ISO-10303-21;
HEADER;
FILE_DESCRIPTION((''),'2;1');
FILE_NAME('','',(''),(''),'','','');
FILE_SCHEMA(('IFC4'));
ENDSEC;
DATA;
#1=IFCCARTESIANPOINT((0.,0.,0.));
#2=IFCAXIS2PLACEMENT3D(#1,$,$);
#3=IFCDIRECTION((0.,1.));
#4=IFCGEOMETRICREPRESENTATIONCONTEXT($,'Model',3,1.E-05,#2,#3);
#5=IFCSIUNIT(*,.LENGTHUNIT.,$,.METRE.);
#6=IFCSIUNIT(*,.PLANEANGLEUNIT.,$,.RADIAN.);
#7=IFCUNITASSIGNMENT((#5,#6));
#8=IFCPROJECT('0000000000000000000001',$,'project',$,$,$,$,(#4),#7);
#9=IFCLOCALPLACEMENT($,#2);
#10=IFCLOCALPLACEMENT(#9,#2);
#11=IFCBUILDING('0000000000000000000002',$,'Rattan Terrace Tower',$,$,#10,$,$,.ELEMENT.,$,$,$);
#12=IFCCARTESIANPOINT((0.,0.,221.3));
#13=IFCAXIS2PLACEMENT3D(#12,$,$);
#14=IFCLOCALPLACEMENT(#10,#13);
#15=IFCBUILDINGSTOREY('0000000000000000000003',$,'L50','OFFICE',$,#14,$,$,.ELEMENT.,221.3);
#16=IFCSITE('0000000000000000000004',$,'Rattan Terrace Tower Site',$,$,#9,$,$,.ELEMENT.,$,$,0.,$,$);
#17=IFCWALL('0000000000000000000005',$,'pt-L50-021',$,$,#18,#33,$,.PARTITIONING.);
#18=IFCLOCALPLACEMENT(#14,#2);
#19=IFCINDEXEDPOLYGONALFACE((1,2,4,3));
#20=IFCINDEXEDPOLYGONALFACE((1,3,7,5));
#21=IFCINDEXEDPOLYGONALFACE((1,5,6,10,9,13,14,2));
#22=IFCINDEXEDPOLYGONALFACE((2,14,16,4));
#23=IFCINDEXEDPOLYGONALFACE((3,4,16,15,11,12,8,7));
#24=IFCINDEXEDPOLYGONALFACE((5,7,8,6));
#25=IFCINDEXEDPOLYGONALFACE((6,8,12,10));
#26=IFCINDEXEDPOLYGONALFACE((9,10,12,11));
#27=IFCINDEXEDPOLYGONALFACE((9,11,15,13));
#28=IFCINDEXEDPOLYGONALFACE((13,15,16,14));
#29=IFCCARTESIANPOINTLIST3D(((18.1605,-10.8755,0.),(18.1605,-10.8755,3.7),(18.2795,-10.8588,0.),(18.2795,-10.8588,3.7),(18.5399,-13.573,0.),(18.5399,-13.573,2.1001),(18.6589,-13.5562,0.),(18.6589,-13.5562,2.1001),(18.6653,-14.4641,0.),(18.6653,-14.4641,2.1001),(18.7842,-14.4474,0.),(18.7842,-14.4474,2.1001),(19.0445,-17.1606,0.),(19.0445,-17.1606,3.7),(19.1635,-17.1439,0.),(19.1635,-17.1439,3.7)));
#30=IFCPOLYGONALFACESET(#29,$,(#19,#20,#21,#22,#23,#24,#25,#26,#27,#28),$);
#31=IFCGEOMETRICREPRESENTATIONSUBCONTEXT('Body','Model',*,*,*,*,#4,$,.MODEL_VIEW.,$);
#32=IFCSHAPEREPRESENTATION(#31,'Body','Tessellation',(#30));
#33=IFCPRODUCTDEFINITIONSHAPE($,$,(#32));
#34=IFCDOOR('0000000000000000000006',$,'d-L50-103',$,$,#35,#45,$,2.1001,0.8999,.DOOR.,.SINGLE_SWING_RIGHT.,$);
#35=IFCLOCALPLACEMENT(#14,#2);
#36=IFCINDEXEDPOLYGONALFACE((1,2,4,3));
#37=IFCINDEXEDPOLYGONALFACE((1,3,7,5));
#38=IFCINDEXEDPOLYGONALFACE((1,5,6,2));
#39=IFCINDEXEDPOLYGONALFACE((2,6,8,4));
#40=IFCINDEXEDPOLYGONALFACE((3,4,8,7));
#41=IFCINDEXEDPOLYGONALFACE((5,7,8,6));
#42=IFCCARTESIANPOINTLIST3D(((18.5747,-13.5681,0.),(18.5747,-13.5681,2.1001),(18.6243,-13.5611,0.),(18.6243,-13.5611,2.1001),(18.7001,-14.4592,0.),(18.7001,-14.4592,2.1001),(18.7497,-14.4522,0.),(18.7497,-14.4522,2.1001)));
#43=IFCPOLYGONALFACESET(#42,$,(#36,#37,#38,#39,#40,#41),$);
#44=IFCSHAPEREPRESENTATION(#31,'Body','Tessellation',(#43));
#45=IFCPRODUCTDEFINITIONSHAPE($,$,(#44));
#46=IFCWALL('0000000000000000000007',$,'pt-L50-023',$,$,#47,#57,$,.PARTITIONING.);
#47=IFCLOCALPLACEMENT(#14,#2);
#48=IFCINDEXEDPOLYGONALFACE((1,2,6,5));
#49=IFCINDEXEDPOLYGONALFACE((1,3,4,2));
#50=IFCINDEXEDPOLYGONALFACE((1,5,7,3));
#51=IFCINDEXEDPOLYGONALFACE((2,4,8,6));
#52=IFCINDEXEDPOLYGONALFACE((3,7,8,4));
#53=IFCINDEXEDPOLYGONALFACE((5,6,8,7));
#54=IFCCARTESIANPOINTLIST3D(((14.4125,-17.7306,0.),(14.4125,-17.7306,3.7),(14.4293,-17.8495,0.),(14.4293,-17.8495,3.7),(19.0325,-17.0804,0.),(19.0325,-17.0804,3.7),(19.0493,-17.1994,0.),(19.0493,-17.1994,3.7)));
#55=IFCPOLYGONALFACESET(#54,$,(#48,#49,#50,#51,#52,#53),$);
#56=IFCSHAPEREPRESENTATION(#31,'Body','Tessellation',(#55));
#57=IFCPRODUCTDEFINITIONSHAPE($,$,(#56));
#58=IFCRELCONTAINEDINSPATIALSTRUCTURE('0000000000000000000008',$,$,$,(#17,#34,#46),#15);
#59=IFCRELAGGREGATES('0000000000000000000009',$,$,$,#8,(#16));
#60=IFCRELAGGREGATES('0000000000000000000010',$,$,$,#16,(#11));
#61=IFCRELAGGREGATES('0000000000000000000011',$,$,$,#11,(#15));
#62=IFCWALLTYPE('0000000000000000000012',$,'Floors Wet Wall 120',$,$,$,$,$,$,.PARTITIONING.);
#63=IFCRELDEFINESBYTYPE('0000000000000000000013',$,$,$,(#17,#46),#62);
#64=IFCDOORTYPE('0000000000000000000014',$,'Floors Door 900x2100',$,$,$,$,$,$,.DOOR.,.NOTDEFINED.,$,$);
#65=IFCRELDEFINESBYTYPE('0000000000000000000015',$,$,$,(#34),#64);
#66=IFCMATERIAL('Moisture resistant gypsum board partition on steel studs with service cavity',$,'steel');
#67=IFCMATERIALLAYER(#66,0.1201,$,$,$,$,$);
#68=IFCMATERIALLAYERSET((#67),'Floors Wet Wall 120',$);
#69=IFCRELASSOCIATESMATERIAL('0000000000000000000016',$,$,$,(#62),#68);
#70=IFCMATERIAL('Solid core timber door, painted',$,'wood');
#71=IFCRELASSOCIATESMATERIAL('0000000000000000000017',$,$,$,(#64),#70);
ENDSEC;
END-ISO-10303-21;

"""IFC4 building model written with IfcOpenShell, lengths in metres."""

from ifc_helpers import new_model, si_unit, direction, frame, frame_2d, origin, place, context, subcontext, project, spatial, rectangle, extrude, material, layer, layer_set, type_object, element, fill, save


model = new_model("IFC4")

# Units and contexts
model_context = context("Model", 3, precision=1e-05, world=origin(), true_north=direction((0.0, 1.0)))
body_context = subcontext(model_context, "Body", "Model", "MODEL_VIEW")
ifc_project = project(units=[si_unit("LENGTHUNIT", "METRE"), si_unit("PLANEANGLEUNIT", "RADIAN")], contexts=[model_context])

# Site, building, storey
site_placement = place(None, origin())
site = spatial("IfcSite", under=ifc_project, at=site_placement, Name="Rattan Terrace Tower Site", CompositionType="ELEMENT", RefElevation=0.0)
building_placement = place(site_placement, origin())
building = spatial("IfcBuilding", under=site, at=building_placement, Name="Rattan Terrace Tower", CompositionType="ELEMENT")
storey_placement = place(building_placement, frame((0.0, 0.0, 221.3)))
storey = spatial("IfcBuildingStorey", under=building, at=storey_placement, Name="L50", Description="OFFICE", CompositionType="ELEMENT", Elevation=221.3)

# Wall, opening, door
ifc_material_1 = material(Name="Moisture resistant gypsum board partition on steel studs with service cavity", Category="steel")
ifc_layer_1 = layer(ifc_material_1, 0.1201)
ifc_layer_set_1 = layer_set([ifc_layer_1], Name="Floors Wet Wall 120")
wall_type_1 = type_object("IfcWallType", Name="Floors Wet Wall 120", PredefinedType="PARTITIONING", material=ifc_layer_set_1)
wall_1_placement = place(storey_placement, frame((19.104, -17.1521, 0.0), z_axis=(0.0, 0.0, 1.0), x_axis=(-0.139283, 0.990253, 0.0)))
wall_1 = element("IfcWall", 1, at=wall_1_placement, inside=storey, type_object=wall_type_1, Name="pt-L50-021", PredefinedType="PARTITIONING", context=body_context, shape_type="SweptSolid", body=[
    extrude(rectangle(XDim=6.3469, YDim=0.1201, at=frame_2d((3.1733, 0.0))), origin(), (0.0, 0.0, 1.0), 3.7),
])
opening_1_placement = place(wall_1_placement, frame((2.7229, 0.0, 0.0)))
opening_1 = element("IfcOpeningElement", 2, at=opening_1_placement, cuts=wall_1, PredefinedType="OPENING", context=body_context, shape_type="SweptSolid", body=[
    extrude(rectangle(XDim=0.8999, YDim=2.1001, at=frame_2d((0.45, 1.05))), frame((0.0, 0.0706, 0.0), z_axis=(0.0, -1.0, 0.0), x_axis=(1.0, 0.0, 0.0)), (0.0, 0.0, 1.0), 0.1411),
])
ifc_material_2 = material(Name="Solid core timber door, painted", Category="wood")
door_type_1 = type_object("IfcDoorType", Name="Floors Door 900x2100", OperationType="NOTDEFINED", PredefinedType="DOOR", material=ifc_material_2)
door_1_placement = place(opening_1_placement, origin())
door_1 = element("IfcDoor", 3, at=door_1_placement, inside=storey, type_object=door_type_1, Name="d-L50-103", OperationType="SINGLE_SWING_RIGHT", OverallHeight=2.1001, OverallWidth=0.8999, PredefinedType="DOOR", context=body_context, shape_type="SweptSolid", body=[
    extrude(rectangle(XDim=0.8999, YDim=2.1001, at=frame_2d((0.45, 1.05))), frame((0.0, 0.0249, 0.0), z_axis=(0.0, -1.0, 0.0), x_axis=(1.0, 0.0, 0.0)), (0.0, 0.0, 1.0), 0.05),
])
fill(opening_1, door_1)

# Wall
wall_2_placement = place(storey_placement, frame((14.4209, -17.79, 0.0), z_axis=(0.0, 0.0, 1.0), x_axis=(0.990243, 0.139348, 0.0)))
element("IfcWall", 4, at=wall_2_placement, inside=storey, type_object=wall_type_1, Name="pt-L50-023", PredefinedType="PARTITIONING", context=body_context, shape_type="SweptSolid", body=[
    extrude(rectangle(XDim=4.6655, YDim=0.1201, at=frame_2d((2.3328, 0.0))), origin(), (0.0, 0.0, 1.0), 3.7),
])

save(model, "model.ifc")
